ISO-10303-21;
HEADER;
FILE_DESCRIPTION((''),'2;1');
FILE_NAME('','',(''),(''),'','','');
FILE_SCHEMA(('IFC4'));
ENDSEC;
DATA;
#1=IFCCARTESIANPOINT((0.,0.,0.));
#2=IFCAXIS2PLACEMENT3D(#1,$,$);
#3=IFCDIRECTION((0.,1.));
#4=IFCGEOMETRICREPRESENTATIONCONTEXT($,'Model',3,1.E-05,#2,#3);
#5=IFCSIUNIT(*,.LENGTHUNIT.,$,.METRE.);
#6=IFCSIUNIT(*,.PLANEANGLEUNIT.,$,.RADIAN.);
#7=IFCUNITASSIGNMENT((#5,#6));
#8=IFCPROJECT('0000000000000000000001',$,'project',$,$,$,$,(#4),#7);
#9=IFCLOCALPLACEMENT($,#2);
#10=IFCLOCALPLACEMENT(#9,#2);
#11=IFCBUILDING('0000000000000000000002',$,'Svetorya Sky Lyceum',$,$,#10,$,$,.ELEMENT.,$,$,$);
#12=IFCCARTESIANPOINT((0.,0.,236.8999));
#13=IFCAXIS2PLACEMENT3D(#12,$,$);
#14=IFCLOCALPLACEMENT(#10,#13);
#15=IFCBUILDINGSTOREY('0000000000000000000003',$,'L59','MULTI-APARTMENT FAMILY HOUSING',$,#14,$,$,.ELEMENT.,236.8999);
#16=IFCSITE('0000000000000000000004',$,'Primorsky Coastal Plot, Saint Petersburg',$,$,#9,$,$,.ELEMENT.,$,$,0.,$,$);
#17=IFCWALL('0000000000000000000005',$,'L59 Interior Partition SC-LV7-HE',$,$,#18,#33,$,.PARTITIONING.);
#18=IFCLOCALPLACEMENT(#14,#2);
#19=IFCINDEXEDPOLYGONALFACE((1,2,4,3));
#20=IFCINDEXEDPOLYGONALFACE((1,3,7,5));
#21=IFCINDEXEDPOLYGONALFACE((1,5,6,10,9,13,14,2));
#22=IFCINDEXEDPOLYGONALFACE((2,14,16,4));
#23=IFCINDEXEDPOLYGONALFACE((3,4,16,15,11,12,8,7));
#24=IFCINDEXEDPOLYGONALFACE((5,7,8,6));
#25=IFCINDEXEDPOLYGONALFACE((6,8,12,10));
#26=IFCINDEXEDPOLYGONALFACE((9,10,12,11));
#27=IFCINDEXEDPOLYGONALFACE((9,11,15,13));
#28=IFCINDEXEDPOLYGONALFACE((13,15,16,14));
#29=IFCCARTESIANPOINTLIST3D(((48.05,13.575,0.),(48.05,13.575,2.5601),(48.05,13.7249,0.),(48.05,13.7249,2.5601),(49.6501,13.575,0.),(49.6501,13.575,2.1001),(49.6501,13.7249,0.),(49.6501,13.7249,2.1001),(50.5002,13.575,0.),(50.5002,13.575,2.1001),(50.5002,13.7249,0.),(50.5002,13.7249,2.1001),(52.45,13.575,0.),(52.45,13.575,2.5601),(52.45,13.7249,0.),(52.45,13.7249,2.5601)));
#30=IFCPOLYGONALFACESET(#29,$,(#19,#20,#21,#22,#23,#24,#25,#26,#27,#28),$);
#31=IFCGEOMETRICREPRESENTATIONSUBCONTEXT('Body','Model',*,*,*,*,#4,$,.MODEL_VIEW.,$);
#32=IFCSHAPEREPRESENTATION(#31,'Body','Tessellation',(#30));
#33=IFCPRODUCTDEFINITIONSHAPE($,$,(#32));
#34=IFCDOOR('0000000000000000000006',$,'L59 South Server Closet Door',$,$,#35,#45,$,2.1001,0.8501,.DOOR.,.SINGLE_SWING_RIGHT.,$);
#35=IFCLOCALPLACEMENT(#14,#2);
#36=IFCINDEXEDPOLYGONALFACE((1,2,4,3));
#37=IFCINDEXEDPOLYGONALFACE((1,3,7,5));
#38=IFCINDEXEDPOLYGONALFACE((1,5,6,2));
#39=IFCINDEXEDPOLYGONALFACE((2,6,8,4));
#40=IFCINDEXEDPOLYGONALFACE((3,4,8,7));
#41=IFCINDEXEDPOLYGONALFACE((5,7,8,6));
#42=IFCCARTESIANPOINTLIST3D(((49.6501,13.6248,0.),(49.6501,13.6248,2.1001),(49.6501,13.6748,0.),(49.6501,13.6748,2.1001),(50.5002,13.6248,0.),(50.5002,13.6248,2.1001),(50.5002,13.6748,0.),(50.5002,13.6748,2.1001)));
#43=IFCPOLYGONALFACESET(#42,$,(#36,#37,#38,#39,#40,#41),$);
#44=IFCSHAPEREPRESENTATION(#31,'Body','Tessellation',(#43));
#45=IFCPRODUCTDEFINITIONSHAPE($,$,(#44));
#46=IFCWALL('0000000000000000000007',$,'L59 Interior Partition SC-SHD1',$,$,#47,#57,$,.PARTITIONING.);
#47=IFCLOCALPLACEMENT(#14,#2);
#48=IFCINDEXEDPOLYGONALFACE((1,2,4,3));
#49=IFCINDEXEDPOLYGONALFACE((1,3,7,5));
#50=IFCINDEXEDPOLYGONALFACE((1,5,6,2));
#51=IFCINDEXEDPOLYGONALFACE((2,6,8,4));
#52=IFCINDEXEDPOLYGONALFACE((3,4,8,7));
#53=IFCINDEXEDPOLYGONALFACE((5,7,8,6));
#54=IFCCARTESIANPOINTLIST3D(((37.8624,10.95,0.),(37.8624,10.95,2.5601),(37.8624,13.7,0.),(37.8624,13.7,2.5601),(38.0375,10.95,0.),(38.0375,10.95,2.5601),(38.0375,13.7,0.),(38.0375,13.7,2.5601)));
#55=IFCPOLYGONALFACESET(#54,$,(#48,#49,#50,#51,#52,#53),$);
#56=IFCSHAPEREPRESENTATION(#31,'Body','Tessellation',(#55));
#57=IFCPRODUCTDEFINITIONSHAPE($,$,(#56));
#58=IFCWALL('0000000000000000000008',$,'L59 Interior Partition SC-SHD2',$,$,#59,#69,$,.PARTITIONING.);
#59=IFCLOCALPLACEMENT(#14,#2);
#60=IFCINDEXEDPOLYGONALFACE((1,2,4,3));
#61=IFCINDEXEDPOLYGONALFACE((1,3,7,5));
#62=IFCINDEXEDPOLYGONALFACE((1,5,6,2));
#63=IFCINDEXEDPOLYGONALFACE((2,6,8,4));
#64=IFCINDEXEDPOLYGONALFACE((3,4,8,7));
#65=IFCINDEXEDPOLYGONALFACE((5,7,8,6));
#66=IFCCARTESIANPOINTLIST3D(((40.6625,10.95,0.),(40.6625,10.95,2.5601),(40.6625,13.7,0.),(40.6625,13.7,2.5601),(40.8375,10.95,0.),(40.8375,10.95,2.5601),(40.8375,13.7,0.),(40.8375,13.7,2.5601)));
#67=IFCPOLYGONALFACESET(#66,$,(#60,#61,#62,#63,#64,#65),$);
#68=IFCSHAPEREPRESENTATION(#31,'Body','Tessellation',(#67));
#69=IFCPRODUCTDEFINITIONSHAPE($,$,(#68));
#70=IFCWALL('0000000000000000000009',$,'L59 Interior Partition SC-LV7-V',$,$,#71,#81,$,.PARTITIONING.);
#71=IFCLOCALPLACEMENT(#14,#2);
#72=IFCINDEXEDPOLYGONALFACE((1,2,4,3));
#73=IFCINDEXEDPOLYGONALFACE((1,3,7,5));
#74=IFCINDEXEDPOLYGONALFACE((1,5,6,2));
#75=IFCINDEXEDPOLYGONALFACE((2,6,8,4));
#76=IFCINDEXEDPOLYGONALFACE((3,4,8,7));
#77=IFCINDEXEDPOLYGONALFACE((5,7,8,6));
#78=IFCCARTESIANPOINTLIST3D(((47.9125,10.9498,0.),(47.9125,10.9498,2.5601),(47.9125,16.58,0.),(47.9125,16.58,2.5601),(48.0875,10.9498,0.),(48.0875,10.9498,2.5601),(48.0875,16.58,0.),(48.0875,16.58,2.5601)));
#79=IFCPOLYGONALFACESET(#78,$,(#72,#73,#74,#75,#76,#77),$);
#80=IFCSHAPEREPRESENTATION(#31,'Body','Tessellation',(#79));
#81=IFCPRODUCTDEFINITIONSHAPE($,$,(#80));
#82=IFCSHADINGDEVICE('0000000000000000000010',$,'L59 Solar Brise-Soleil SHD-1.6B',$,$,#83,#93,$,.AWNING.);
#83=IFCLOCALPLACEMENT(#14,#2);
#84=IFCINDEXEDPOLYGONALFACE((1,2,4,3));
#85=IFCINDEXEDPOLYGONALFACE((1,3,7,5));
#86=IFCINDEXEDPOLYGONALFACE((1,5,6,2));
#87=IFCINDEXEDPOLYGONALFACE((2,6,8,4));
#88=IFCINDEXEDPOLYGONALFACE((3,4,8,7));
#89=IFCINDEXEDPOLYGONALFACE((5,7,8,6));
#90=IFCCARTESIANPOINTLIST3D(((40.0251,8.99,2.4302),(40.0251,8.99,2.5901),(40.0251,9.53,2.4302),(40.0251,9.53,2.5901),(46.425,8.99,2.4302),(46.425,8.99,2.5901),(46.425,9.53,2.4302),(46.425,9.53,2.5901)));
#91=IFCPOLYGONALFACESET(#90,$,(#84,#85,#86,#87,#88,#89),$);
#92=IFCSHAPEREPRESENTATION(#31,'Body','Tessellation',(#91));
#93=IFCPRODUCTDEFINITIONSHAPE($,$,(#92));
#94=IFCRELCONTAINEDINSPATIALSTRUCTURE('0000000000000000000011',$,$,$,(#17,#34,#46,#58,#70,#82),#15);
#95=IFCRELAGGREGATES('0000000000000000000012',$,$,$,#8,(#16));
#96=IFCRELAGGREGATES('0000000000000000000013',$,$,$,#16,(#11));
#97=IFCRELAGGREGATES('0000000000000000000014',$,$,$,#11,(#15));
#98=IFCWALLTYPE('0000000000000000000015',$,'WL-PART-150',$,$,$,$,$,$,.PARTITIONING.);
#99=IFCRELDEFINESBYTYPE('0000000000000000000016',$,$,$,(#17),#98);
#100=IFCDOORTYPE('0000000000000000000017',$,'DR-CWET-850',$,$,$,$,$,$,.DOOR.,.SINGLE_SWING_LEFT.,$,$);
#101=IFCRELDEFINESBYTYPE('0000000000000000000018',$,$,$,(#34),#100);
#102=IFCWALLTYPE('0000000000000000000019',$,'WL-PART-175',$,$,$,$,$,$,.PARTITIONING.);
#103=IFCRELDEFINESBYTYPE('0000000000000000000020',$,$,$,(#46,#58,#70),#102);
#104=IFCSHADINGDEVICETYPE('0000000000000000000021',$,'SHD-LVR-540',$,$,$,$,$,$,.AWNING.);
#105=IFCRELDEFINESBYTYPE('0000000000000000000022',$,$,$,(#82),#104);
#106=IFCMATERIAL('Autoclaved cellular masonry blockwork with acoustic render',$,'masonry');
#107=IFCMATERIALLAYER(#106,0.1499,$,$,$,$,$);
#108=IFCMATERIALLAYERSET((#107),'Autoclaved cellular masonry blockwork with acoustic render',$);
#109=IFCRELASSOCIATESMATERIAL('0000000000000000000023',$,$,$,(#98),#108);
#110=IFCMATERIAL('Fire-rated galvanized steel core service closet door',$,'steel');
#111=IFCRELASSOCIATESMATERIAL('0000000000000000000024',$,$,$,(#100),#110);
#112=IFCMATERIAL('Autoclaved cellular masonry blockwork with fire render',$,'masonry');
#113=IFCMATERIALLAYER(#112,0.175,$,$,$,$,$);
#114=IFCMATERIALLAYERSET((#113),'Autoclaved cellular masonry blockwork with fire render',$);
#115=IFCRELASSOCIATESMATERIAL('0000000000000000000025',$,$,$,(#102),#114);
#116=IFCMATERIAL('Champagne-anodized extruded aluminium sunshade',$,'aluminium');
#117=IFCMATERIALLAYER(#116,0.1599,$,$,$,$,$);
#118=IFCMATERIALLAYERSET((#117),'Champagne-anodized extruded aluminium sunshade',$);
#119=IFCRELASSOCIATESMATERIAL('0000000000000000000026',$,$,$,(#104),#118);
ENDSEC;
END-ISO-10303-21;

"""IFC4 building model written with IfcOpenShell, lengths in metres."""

from ifc_helpers import new_model, si_unit, direction, frame, frame_2d, origin, origin_2d, place, context, subcontext, project, spatial, rectangle, extrude, material, layer, layer_set, type_object, element, fill, save


model = new_model("IFC4")

# Units and contexts
model_context = context("Model", 3, precision=1e-05, world=origin(), true_north=direction((0.0, 1.0)))
body_context = subcontext(model_context, "Body", "Model", "MODEL_VIEW")
ifc_project = project(units=[si_unit("LENGTHUNIT", "METRE"), si_unit("PLANEANGLEUNIT", "RADIAN")], contexts=[model_context])

# Site, building, storey
site_placement = place(None, origin())
site = spatial("IfcSite", under=ifc_project, at=site_placement, Name="Primorsky Coastal Plot, Saint Petersburg", CompositionType="ELEMENT", RefElevation=0.0)
building_placement = place(site_placement, origin())
building = spatial("IfcBuilding", under=site, at=building_placement, Name="Svetorya Sky Lyceum", CompositionType="ELEMENT")
storey_placement = place(building_placement, frame((0.0, 0.0, 236.8999)))
storey = spatial("IfcBuildingStorey", under=building, at=storey_placement, Name="L59", Description="MULTI-APARTMENT FAMILY HOUSING", CompositionType="ELEMENT", Elevation=236.8999)

# Wall, opening, door
ifc_material_1 = material(Name="Autoclaved cellular masonry blockwork with acoustic render", Category="masonry")
ifc_layer_1 = layer(ifc_material_1, 0.1499)
ifc_layer_set_1 = layer_set([ifc_layer_1], Name="Autoclaved cellular masonry blockwork with acoustic render")
wall_type_1 = type_object("IfcWallType", Name="WL-PART-150", PredefinedType="PARTITIONING", material=ifc_layer_set_1)
ifc_material_2 = material(Name="Fire-rated galvanized steel core service closet door", Category="steel")
door_type = type_object("IfcDoorType", Name="DR-CWET-850", OperationType="SINGLE_SWING_LEFT", PredefinedType="DOOR", material=ifc_material_2)
wall_1_placement = place(storey_placement, frame((48.05, 13.6499, 0.0), z_axis=(0.0, 0.0, 1.0), x_axis=(1.0, 0.0, 0.0)))
wall_1 = element("IfcWall", 1, at=wall_1_placement, inside=storey, type_object=wall_type_1, Name="L59 Interior Partition SC-LV7-HE", PredefinedType="PARTITIONING", context=body_context, shape_type="SweptSolid", body=[
    extrude(rectangle(XDim=4.3999, YDim=0.1499, at=frame_2d((2.2, 0.0))), origin(), (0.0, 0.0, 1.0), 2.5601),
])
opening_1_placement = place(wall_1_placement, frame((1.6001, 0.0, 0.0)))
opening_1 = element("IfcOpeningElement", 2, at=opening_1_placement, cuts=wall_1, PredefinedType="OPENING", context=body_context, shape_type="SweptSolid", body=[
    extrude(rectangle(XDim=0.8501, YDim=2.1001, at=frame_2d((0.425, 1.05))), frame((0.0, 0.085, 0.0), z_axis=(0.0, -1.0, 0.0), x_axis=(1.0, 0.0, 0.0)), (0.0, 0.0, 1.0), 0.1699),
])
door_1_placement = place(opening_1_placement, origin())
door_1 = element("IfcDoor", 3, at=door_1_placement, inside=storey, type_object=door_type, Name="L59 South Server Closet Door", OperationType="SINGLE_SWING_RIGHT", OverallHeight=2.1001, OverallWidth=0.8501, PredefinedType="DOOR", context=body_context, shape_type="SweptSolid", body=[
    extrude(rectangle(XDim=0.8501, YDim=2.1001, at=frame_2d((0.425, 1.05))), frame((0.0, 0.0249, 0.0), z_axis=(0.0, -1.0, 0.0), x_axis=(1.0, 0.0, 0.0)), (0.0, 0.0, 1.0), 0.05),
])
fill(opening_1, door_1)

# Walls
ifc_material_3 = material(Name="Autoclaved cellular masonry blockwork with fire render", Category="masonry")
ifc_layer_2 = layer(ifc_material_3, 0.175)
ifc_layer_set_2 = layer_set([ifc_layer_2], Name="Autoclaved cellular masonry blockwork with fire render")
wall_type_2 = type_object("IfcWallType", Name="WL-PART-175", PredefinedType="PARTITIONING", material=ifc_layer_set_2)
for number, where, z_axis, x_axis, name in (
    (4, (37.95, 10.95, 0.0), (0.0, 0.0, 1.0), (0.0, 1.0, 0.0), "L59 Interior Partition SC-SHD1"),
    (5, (40.75, 10.95, 0.0), (0.0, 0.0, 1.0), (0.0, 1.0, 0.0), "L59 Interior Partition SC-SHD2"),
):
    element("IfcWall", number, at=place(storey_placement, frame(where, z_axis=z_axis, x_axis=x_axis)), inside=storey, type_object=wall_type_2, Name=name, PredefinedType="PARTITIONING", context=body_context, shape_type="SweptSolid", body=[
        extrude(rectangle(XDim=2.75, YDim=0.175, at=frame_2d((1.375, 0.0))), origin(), (0.0, 0.0, 1.0), 2.5601),
    ])
wall_2_placement = place(storey_placement, frame((48.0, 10.95, 0.0), z_axis=(0.0, 0.0, 1.0), x_axis=(0.0, 1.0, 0.0)))
element("IfcWall", 6, at=wall_2_placement, inside=storey, type_object=wall_type_2, Name="L59 Interior Partition SC-LV7-V", PredefinedType="PARTITIONING", context=body_context, shape_type="SweptSolid", body=[
    extrude(rectangle(XDim=5.6301, YDim=0.175, at=frame_2d((2.8149, 0.0))), origin(), (0.0, 0.0, 1.0), 2.5601),
])

# Shading device
ifc_material_4 = material(Name="Champagne-anodized extruded aluminium sunshade", Category="aluminium")
ifc_layer_3 = layer(ifc_material_4, 0.1599)
ifc_layer_set_3 = layer_set([ifc_layer_3], Name="Champagne-anodized extruded aluminium sunshade")
shading_device_type = type_object("IfcShadingDeviceType", Name="SHD-LVR-540", PredefinedType="AWNING", material=ifc_layer_set_3)
shading_device_placement = place(storey_placement, frame((43.2251, 9.26, 2.4302), z_axis=(0.0, 0.0, 1.0), x_axis=(1.0, 0.0, 0.0)))
element("IfcShadingDevice", 7, at=shading_device_placement, inside=storey, type_object=shading_device_type, Name="L59 Solar Brise-Soleil SHD-1.6B", PredefinedType="AWNING", context=body_context, shape_type="SweptSolid", body=[
    extrude(rectangle(XDim=6.3999, YDim=0.54, at=origin_2d()), origin(), (0.0, 0.0, 1.0), 0.1599),
])

save(model, "model.ifc")
